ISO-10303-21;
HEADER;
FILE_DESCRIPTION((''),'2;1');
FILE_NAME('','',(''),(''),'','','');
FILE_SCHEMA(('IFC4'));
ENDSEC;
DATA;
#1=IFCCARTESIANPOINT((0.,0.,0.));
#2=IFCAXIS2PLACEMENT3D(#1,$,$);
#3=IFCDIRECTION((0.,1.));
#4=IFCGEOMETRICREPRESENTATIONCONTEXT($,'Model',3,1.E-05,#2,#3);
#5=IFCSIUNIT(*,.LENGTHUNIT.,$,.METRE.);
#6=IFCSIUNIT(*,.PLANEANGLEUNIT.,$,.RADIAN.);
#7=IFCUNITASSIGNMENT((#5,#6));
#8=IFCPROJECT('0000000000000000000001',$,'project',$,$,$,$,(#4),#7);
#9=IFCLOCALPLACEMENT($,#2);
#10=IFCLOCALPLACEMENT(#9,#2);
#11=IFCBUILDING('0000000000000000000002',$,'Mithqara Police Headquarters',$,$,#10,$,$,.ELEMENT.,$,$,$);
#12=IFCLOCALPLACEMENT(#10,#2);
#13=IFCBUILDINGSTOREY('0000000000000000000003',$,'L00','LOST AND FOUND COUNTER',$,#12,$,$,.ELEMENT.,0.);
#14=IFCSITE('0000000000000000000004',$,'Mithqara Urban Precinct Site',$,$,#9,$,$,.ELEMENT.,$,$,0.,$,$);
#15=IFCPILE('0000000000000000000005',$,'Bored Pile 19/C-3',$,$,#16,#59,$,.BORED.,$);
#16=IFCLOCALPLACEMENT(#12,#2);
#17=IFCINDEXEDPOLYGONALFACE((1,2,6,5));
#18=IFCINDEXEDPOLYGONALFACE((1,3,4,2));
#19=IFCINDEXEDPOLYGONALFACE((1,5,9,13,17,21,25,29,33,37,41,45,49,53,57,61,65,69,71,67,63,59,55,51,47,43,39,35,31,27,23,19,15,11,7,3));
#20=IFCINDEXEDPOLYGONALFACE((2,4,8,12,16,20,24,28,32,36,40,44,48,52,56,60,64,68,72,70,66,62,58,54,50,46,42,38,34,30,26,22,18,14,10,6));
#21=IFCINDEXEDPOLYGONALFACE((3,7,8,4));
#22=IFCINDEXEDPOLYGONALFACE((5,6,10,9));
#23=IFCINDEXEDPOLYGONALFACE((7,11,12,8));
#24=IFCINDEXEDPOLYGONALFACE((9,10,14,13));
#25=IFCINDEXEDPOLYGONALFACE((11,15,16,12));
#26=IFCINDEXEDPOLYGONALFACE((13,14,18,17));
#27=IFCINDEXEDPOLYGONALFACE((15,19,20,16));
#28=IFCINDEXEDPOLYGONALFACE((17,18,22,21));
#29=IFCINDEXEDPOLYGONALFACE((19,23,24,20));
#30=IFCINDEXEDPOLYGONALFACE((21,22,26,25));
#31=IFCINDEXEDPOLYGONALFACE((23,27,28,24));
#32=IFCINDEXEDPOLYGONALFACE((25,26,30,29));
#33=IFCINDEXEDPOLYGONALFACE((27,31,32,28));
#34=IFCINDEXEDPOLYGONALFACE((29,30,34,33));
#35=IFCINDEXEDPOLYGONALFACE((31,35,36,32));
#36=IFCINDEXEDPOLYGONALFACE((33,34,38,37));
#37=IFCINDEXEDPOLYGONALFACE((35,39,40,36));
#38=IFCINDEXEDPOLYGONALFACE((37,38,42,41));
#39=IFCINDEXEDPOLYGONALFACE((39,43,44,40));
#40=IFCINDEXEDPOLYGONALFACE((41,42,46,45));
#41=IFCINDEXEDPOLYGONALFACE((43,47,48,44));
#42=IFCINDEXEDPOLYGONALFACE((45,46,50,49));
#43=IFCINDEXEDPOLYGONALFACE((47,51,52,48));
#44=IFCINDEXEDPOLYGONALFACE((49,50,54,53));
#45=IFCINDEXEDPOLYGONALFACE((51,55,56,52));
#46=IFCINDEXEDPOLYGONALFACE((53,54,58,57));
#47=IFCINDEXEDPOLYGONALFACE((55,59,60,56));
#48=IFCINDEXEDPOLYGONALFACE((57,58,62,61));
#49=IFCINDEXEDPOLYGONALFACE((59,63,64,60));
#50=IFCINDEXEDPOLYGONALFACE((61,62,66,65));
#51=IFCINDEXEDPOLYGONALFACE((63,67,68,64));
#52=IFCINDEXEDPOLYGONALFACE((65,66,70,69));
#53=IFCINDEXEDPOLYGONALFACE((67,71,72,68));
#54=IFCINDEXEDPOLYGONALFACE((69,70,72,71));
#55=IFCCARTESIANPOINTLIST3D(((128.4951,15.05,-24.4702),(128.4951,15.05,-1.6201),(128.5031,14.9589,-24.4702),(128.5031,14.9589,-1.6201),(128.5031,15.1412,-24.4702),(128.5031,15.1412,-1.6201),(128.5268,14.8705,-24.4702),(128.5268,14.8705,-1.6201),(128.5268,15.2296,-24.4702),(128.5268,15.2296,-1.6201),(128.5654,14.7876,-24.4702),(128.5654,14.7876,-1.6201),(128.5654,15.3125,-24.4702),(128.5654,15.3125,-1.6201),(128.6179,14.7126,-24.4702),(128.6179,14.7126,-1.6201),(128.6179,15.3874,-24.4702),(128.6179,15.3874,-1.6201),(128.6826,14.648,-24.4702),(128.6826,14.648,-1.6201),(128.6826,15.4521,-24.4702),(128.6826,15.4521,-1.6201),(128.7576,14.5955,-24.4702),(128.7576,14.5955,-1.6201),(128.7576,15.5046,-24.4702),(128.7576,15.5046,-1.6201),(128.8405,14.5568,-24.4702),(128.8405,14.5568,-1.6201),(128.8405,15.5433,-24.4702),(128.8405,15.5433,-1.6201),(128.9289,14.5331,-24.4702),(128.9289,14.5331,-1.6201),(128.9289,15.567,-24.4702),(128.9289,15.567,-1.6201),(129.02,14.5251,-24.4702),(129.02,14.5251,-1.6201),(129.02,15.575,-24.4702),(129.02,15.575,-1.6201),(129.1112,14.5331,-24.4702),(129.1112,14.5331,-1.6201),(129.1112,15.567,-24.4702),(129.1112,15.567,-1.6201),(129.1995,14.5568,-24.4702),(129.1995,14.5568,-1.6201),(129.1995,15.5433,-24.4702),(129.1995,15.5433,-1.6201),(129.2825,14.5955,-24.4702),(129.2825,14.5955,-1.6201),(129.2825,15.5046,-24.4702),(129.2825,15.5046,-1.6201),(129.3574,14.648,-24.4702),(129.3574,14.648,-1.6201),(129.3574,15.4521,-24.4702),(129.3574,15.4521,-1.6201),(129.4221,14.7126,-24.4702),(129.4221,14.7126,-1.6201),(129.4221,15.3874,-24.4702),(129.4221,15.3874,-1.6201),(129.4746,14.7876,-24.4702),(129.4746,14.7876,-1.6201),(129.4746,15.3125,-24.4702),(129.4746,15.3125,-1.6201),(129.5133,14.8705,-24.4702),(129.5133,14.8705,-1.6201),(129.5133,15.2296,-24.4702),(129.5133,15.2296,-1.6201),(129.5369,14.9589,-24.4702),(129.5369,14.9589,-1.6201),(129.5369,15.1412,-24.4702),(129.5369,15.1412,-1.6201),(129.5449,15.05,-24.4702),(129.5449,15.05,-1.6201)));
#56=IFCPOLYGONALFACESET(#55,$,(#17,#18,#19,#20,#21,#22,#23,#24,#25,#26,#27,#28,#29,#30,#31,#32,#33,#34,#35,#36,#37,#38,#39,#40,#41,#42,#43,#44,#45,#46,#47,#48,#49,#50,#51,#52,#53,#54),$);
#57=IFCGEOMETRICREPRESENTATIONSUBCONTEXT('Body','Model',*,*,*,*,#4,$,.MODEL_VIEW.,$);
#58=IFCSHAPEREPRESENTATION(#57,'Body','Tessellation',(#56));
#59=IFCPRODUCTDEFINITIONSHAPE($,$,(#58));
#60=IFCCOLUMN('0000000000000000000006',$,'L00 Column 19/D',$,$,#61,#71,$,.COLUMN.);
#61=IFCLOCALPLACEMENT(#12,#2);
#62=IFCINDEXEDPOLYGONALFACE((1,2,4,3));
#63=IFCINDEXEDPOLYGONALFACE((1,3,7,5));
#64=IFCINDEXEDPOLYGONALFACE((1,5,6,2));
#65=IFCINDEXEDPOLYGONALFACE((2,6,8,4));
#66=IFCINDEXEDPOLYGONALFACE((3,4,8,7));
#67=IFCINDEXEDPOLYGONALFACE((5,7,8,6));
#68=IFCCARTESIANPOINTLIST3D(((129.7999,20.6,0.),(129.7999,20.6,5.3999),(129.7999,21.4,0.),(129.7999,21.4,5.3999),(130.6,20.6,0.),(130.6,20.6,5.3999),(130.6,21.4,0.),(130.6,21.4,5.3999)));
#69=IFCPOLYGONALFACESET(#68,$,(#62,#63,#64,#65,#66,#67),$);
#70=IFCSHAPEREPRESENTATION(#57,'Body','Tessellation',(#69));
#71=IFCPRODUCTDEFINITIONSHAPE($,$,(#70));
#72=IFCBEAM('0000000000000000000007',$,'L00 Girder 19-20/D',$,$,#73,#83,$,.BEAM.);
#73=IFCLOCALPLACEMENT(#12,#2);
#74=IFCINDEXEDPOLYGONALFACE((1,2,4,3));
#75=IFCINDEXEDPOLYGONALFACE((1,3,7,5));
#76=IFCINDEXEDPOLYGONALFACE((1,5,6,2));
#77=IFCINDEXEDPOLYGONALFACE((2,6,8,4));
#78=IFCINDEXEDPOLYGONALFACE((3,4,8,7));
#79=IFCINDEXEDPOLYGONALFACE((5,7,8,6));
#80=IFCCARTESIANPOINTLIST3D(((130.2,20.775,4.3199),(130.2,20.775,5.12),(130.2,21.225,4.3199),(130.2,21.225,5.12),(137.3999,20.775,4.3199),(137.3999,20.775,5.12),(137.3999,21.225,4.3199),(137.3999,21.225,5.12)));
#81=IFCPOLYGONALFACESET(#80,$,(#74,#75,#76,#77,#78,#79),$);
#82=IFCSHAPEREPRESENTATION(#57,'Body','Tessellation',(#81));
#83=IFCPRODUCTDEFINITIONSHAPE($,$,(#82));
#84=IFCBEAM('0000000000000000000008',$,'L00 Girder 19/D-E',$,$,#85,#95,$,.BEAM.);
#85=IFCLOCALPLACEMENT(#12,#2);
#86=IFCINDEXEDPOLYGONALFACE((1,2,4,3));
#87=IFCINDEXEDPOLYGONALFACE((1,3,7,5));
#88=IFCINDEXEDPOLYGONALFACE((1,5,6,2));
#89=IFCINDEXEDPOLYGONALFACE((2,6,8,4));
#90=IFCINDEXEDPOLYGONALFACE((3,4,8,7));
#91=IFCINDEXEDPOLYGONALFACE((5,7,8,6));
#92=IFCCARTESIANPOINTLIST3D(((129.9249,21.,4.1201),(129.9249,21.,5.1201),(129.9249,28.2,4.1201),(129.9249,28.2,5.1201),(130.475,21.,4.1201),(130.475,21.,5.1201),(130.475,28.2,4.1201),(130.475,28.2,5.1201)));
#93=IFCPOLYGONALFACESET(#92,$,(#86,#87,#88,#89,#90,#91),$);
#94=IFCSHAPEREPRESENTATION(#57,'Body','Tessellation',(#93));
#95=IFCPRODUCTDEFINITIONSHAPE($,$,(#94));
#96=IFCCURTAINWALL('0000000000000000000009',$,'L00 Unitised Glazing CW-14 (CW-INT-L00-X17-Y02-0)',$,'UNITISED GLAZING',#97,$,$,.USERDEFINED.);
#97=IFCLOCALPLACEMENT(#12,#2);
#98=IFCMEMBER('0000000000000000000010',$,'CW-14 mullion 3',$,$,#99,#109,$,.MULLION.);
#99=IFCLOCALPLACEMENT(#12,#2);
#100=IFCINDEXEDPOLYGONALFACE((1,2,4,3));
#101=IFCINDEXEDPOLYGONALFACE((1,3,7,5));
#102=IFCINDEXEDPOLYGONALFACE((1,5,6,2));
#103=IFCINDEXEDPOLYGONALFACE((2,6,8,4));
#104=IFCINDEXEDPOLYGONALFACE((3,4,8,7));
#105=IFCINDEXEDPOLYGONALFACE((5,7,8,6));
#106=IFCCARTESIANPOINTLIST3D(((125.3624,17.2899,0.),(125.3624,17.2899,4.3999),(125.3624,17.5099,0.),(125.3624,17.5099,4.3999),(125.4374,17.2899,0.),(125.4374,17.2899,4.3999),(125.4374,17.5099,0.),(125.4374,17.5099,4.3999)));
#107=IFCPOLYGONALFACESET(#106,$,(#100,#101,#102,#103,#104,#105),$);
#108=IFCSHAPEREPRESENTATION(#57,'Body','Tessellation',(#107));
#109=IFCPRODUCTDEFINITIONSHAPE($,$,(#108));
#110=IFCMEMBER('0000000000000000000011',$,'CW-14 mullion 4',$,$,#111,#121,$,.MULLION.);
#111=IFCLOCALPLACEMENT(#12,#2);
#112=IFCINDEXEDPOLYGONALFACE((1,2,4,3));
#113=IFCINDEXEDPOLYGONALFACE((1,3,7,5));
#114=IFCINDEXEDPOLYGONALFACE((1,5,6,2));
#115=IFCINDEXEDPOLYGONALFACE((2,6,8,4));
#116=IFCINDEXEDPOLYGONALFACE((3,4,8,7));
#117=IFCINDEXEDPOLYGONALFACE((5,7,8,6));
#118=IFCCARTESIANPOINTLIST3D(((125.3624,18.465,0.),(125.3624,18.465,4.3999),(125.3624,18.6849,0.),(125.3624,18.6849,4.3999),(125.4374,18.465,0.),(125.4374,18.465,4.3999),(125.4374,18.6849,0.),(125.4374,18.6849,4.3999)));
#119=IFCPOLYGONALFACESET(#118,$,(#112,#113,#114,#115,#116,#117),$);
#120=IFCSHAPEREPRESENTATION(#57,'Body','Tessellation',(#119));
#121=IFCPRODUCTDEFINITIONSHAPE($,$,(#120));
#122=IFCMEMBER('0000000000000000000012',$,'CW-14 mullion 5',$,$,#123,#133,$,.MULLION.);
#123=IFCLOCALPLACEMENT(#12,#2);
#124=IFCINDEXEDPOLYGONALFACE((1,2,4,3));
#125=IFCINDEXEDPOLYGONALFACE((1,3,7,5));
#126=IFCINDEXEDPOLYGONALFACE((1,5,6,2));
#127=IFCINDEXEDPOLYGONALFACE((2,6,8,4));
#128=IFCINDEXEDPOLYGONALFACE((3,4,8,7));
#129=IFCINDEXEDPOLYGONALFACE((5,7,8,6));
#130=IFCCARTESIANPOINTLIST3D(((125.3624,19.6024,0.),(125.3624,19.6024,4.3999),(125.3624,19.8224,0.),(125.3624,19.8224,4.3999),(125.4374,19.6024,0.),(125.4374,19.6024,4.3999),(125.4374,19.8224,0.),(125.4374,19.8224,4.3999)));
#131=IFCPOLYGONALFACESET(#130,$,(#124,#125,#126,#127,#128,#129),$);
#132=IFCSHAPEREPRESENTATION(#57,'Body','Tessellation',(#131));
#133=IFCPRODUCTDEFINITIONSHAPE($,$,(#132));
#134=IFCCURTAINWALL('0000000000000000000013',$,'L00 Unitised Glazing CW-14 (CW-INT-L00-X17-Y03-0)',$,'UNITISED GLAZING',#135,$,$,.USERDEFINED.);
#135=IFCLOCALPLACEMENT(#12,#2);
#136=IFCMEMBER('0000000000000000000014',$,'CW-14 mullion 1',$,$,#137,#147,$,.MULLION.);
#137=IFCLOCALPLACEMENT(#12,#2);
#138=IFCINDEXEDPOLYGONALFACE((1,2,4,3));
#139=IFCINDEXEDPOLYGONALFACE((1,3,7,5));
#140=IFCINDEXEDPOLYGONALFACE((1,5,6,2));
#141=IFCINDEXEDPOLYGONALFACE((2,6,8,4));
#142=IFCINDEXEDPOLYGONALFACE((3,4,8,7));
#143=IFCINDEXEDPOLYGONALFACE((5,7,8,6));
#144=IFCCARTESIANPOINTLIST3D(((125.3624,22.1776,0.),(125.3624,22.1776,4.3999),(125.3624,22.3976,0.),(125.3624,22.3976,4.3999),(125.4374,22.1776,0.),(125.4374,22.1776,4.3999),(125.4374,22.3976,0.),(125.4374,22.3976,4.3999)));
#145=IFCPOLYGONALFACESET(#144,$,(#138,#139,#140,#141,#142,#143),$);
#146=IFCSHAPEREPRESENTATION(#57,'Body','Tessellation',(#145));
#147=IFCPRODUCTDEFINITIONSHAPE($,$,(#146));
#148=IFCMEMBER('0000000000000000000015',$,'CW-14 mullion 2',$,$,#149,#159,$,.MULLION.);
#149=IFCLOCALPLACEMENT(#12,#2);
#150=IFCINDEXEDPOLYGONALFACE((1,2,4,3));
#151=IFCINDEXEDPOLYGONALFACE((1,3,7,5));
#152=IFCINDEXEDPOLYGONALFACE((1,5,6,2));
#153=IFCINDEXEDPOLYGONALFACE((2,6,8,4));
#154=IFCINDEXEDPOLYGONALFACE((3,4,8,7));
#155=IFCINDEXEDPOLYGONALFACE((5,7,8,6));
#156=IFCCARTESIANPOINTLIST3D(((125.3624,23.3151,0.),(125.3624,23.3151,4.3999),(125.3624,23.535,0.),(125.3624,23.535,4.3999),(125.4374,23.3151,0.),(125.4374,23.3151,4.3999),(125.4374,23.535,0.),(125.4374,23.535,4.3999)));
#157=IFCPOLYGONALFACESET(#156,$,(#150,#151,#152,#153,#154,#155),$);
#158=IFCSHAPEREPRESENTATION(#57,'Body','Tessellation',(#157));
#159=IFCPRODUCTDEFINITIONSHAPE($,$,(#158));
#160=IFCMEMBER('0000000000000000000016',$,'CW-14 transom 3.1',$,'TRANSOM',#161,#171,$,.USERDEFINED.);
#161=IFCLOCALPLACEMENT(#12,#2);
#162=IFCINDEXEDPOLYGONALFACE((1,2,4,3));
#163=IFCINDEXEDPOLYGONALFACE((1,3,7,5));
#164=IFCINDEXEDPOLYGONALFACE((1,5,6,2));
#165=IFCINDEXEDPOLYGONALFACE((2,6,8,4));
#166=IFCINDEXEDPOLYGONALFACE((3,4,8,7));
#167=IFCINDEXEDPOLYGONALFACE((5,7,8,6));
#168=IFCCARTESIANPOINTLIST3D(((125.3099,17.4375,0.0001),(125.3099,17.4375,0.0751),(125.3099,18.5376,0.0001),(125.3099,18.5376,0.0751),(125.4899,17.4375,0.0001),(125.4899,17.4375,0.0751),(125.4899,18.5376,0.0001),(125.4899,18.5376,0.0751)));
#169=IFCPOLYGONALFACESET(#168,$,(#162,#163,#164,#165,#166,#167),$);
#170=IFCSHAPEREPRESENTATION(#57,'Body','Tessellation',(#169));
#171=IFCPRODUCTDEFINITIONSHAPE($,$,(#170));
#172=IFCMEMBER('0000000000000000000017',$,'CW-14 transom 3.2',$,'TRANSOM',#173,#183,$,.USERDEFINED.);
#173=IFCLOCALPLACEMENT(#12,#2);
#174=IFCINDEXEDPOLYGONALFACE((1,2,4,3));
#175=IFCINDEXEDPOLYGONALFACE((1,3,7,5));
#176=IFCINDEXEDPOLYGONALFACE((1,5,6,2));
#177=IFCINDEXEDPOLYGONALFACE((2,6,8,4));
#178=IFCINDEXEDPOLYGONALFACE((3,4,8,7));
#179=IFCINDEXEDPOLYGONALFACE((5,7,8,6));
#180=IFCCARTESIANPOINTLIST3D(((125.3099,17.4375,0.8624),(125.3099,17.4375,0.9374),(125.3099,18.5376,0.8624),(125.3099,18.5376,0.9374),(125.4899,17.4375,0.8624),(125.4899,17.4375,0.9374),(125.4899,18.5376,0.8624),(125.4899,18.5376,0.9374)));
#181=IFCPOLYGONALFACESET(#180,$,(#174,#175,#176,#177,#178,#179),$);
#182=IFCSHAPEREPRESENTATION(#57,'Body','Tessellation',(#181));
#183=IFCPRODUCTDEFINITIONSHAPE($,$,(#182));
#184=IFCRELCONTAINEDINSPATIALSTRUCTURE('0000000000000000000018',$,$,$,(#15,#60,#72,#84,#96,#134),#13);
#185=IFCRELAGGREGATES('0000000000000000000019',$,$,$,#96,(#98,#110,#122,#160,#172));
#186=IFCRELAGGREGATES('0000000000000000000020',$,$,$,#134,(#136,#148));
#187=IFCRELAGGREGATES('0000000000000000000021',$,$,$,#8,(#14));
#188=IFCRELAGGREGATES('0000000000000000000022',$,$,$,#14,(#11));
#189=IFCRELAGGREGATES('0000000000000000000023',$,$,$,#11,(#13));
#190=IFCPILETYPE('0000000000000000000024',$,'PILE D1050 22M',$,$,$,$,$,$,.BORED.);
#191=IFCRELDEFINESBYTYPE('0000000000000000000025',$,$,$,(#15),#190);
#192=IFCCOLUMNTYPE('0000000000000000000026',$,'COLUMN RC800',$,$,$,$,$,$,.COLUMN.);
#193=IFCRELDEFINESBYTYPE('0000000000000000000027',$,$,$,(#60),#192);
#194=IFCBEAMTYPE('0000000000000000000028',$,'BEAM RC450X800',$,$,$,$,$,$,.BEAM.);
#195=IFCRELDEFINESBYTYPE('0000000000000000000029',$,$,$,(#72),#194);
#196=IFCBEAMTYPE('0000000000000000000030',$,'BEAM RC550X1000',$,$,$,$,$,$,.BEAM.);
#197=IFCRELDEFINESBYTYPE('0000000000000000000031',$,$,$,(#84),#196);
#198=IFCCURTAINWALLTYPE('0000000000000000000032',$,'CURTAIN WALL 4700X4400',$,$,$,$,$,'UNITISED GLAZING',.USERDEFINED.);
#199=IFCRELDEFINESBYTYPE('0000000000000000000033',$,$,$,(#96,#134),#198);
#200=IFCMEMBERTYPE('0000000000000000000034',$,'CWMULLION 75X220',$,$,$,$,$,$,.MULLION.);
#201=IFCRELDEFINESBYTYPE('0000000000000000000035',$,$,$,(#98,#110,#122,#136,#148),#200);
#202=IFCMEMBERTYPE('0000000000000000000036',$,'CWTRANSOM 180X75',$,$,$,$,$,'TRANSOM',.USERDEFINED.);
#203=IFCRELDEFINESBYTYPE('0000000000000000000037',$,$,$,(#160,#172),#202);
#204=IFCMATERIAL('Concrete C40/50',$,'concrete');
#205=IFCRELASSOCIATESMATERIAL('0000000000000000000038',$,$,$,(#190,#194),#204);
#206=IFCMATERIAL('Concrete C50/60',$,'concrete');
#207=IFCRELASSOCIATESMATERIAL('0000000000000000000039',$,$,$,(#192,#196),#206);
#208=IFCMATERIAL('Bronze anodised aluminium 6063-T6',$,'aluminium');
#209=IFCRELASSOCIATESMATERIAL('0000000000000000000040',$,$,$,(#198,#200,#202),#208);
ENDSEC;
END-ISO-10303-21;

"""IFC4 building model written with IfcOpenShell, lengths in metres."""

from ifc_helpers import new_model, si_unit, direction, frame, origin, origin_2d, place, context, subcontext, project, spatial, rectangle, circle, extrude, material, material_profile, profile_set, type_object, element, aggregate, save


model = new_model("IFC4")

# Units and contexts
model_context = context("Model", 3, precision=1e-05, world=origin(), true_north=direction((0.0, 1.0)))
body_context = subcontext(model_context, "Body", "Model", "MODEL_VIEW")
ifc_project = project(units=[si_unit("LENGTHUNIT", "METRE"), si_unit("PLANEANGLEUNIT", "RADIAN")], contexts=[model_context])

# Site, building, storey
site_placement = place(None, origin())
site = spatial("IfcSite", under=ifc_project, at=site_placement, Name="Mithqara Urban Precinct Site", CompositionType="ELEMENT", RefElevation=0.0)
building_placement = place(site_placement, origin())
building = spatial("IfcBuilding", under=site, at=building_placement, Name="Mithqara Police Headquarters", CompositionType="ELEMENT")
storey_placement = place(building_placement, origin())
storey = spatial("IfcBuildingStorey", under=building, at=storey_placement, Name="L00", Description="LOST AND FOUND COUNTER", CompositionType="ELEMENT", Elevation=0.0)

# Pile
ifc_material_1 = material(Name="Concrete C40/50", Category="concrete")
ifc_material_profile_1 = material_profile(ifc_material_1, circle(Radius=0.5249, at=origin_2d()), Name="PILE D1050")
ifc_profile_set_1 = profile_set([ifc_material_profile_1], Name="Concrete C40/50")
pile_type = type_object("IfcPileType", Name="PILE D1050 22M", PredefinedType="BORED", material=ifc_profile_set_1)
pile_placement = place(storey_placement, frame((129.02, 15.05, -1.6201), z_axis=(0.0, 0.0, -1.0), x_axis=(1.0, 0.0, 0.0)))
element("IfcPile", 1, at=pile_placement, inside=storey, type_object=pile_type, Name="Bored Pile 19/C-3", PredefinedType="BORED", context=body_context, shape_type="SweptSolid", body=[
    extrude(circle(Radius=0.5249, at=origin_2d()), origin(), (0.0, 0.0, 1.0), 22.8501),
])

# Column
ifc_material_2 = material(Name="Concrete C50/60", Category="concrete")
ifc_material_profile_2 = material_profile(ifc_material_2, rectangle(XDim=0.8, YDim=0.8, at=origin_2d()), Name="RC 800x800")
ifc_profile_set_2 = profile_set([ifc_material_profile_2], Name="Concrete C50/60")
column_type = type_object("IfcColumnType", Name="COLUMN RC800", PredefinedType="COLUMN", material=ifc_profile_set_2)
column_placement = place(storey_placement, frame((130.2, 21.0, 0.0), z_axis=(0.0, 0.0, 1.0), x_axis=(1.0, 0.0, 0.0)))
element("IfcColumn", 2, at=column_placement, inside=storey, type_object=column_type, Name="L00 Column 19/D", PredefinedType="COLUMN", context=body_context, shape_type="SweptSolid", body=[
    extrude(rectangle(XDim=0.8, YDim=0.8, at=origin_2d()), origin(), (0.0, 0.0, 1.0), 5.3999),
])

# Beams
ifc_material_profile_3 = material_profile(ifc_material_1, rectangle(XDim=0.45, YDim=0.8, at=origin_2d()), Name="RC 450x800")
ifc_profile_set_3 = profile_set([ifc_material_profile_3], Name="Concrete C40/50")
beam_type_1 = type_object("IfcBeamType", Name="BEAM RC450X800", PredefinedType="BEAM", material=ifc_profile_set_3)
beam_1_placement = place(storey_placement, frame((130.2, 21.0, 4.72), z_axis=(1.0, 0.0, 0.0), x_axis=(0.0, 1.0, 0.0)))
element("IfcBeam", 3, at=beam_1_placement, inside=storey, type_object=beam_type_1, Name="L00 Girder 19-20/D", PredefinedType="BEAM", context=body_context, shape_type="SweptSolid", body=[
    extrude(rectangle(XDim=0.45, YDim=0.8, at=origin_2d()), origin(), (0.0, 0.0, 1.0), 7.2),
])
ifc_material_profile_4 = material_profile(ifc_material_2, rectangle(XDim=0.55, YDim=1.0, at=origin_2d()), Name="RC 550x1000")
ifc_profile_set_4 = profile_set([ifc_material_profile_4], Name="Concrete C50/60")
beam_type_2 = type_object("IfcBeamType", Name="BEAM RC550X1000", PredefinedType="BEAM", material=ifc_profile_set_4)
beam_2_placement = place(storey_placement, frame((130.2, 21.0, 4.6201), z_axis=(0.0, 1.0, 0.0), x_axis=(-1.0, 0.0, 0.0)))
element("IfcBeam", 4, at=beam_2_placement, inside=storey, type_object=beam_type_2, Name="L00 Girder 19/D-E", PredefinedType="BEAM", context=body_context, shape_type="SweptSolid", body=[
    extrude(rectangle(XDim=0.55, YDim=1.0, at=origin_2d()), origin(), (0.0, 0.0, 1.0), 7.2),
])

# Curtain walls, members
ifc_material_3 = material(Name="Bronze anodised aluminium 6063-T6", Category="aluminium")
curtain_wall_type = type_object("IfcCurtainWallType", Name="CURTAIN WALL 4700X4400", ElementType="UNITISED GLAZING", PredefinedType="USERDEFINED", material=ifc_material_3)
curtain_wall_1_placement = place(storey_placement, origin())
curtain_wall_1 = element("IfcCurtainWall", 5, at=curtain_wall_1_placement, inside=storey, type_object=curtain_wall_type, Name="L00 Unitised Glazing CW-14 (CW-INT-L00-X17-Y02-0)", ObjectType="UNITISED GLAZING", PredefinedType="USERDEFINED")
ifc_material_profile_5 = material_profile(ifc_material_3, rectangle(XDim=0.075, YDim=0.22, at=origin_2d()), Name="CWM 75x220")
ifc_profile_set_5 = profile_set([ifc_material_profile_5], Name="Bronze anodised aluminium 6063-T6")
member_type_1 = type_object("IfcMemberType", Name="CWMULLION 75X220", PredefinedType="MULLION", material=ifc_profile_set_5)
member_1_placement = place(storey_placement, frame((125.3999, 17.3999, 0.0), z_axis=(0.0, 0.0, 1.0), x_axis=(-1.0, 0.0, 0.0)))
member_1 = element("IfcMember", 6, at=member_1_placement, type_object=member_type_1, Name="CW-14 mullion 3", PredefinedType="MULLION", context=body_context, shape_type="SweptSolid", body=[
    extrude(rectangle(XDim=0.075, YDim=0.22, at=origin_2d()), origin(), (0.0, 0.0, 1.0), 4.3999),
])
member_2_placement = place(storey_placement, frame((125.3999, 18.575, 0.0), z_axis=(0.0, 0.0, 1.0), x_axis=(-1.0, 0.0, 0.0)))
member_2 = element("IfcMember", 7, at=member_2_placement, type_object=member_type_1, Name="CW-14 mullion 4", PredefinedType="MULLION", context=body_context, shape_type="SweptSolid", body=[
    extrude(rectangle(XDim=0.075, YDim=0.22, at=origin_2d()), origin(), (0.0, 0.0, 1.0), 4.3999),
])
member_3_placement = place(storey_placement, frame((125.3999, 19.7124, 0.0), z_axis=(0.0, 0.0, 1.0), x_axis=(-1.0, 0.0, 0.0)))
member_3 = element("IfcMember", 8, at=member_3_placement, type_object=member_type_1, Name="CW-14 mullion 5", PredefinedType="MULLION", context=body_context, shape_type="SweptSolid", body=[
    extrude(rectangle(XDim=0.075, YDim=0.22, at=origin_2d()), origin(), (0.0, 0.0, 1.0), 4.3999),
])
curtain_wall_2_placement = place(storey_placement, origin())
curtain_wall_2 = element("IfcCurtainWall", 9, at=curtain_wall_2_placement, inside=storey, type_object=curtain_wall_type, Name="L00 Unitised Glazing CW-14 (CW-INT-L00-X17-Y03-0)", ObjectType="UNITISED GLAZING", PredefinedType="USERDEFINED")
member_4_placement = place(storey_placement, frame((125.3999, 22.2876, 0.0), z_axis=(0.0, 0.0, 1.0), x_axis=(-1.0, 0.0, 0.0)))
member_4 = element("IfcMember", 10, at=member_4_placement, type_object=member_type_1, Name="CW-14 mullion 1", PredefinedType="MULLION", context=body_context, shape_type="SweptSolid", body=[
    extrude(rectangle(XDim=0.075, YDim=0.22, at=origin_2d()), origin(), (0.0, 0.0, 1.0), 4.3999),
])
member_5_placement = place(storey_placement, frame((125.3999, 23.425, 0.0), z_axis=(0.0, 0.0, 1.0), x_axis=(-1.0, 0.0, 0.0)))
member_5 = element("IfcMember", 11, at=member_5_placement, type_object=member_type_1, Name="CW-14 mullion 2", PredefinedType="MULLION", context=body_context, shape_type="SweptSolid", body=[
    extrude(rectangle(XDim=0.075, YDim=0.22, at=origin_2d()), origin(), (0.0, 0.0, 1.0), 4.3999),
])

# Members
ifc_material_profile_6 = material_profile(ifc_material_3, rectangle(XDim=0.1799, YDim=0.075, at=origin_2d()), Name="CWT 180x75")
ifc_profile_set_6 = profile_set([ifc_material_profile_6], Name="Bronze anodised aluminium 6063-T6")
member_type_2 = type_object("IfcMemberType", Name="CWTRANSOM 180X75", ElementType="TRANSOM", PredefinedType="USERDEFINED", material=ifc_profile_set_6)
member_6_placement = place(storey_placement, frame((125.3999, 17.4375, 0.0376), z_axis=(0.0, 1.0, 0.0), x_axis=(-1.0, 0.0, 0.0)))
member_6 = element("IfcMember", 12, at=member_6_placement, type_object=member_type_2, Name="CW-14 transom 3.1", ObjectType="TRANSOM", PredefinedType="USERDEFINED", context=body_context, shape_type="SweptSolid", body=[
    extrude(rectangle(XDim=0.1799, YDim=0.075, at=origin_2d()), origin(), (0.0, 0.0, 1.0), 1.1001),
])
member_7_placement = place(storey_placement, frame((125.3999, 17.4375, 0.8999), z_axis=(0.0, 1.0, 0.0), x_axis=(-1.0, 0.0, 0.0)))
member_7 = element("IfcMember", 13, at=member_7_placement, type_object=member_type_2, Name="CW-14 transom 3.2", ObjectType="TRANSOM", PredefinedType="USERDEFINED", context=body_context, shape_type="SweptSolid", body=[
    extrude(rectangle(XDim=0.1799, YDim=0.075, at=origin_2d()), origin(), (0.0, 0.0, 1.0), 1.1001),
])

aggregate(curtain_wall_1, [member_1, member_2, member_3, member_6, member_7])
aggregate(curtain_wall_2, [member_4, member_5])

save(model, "model.ifc")
